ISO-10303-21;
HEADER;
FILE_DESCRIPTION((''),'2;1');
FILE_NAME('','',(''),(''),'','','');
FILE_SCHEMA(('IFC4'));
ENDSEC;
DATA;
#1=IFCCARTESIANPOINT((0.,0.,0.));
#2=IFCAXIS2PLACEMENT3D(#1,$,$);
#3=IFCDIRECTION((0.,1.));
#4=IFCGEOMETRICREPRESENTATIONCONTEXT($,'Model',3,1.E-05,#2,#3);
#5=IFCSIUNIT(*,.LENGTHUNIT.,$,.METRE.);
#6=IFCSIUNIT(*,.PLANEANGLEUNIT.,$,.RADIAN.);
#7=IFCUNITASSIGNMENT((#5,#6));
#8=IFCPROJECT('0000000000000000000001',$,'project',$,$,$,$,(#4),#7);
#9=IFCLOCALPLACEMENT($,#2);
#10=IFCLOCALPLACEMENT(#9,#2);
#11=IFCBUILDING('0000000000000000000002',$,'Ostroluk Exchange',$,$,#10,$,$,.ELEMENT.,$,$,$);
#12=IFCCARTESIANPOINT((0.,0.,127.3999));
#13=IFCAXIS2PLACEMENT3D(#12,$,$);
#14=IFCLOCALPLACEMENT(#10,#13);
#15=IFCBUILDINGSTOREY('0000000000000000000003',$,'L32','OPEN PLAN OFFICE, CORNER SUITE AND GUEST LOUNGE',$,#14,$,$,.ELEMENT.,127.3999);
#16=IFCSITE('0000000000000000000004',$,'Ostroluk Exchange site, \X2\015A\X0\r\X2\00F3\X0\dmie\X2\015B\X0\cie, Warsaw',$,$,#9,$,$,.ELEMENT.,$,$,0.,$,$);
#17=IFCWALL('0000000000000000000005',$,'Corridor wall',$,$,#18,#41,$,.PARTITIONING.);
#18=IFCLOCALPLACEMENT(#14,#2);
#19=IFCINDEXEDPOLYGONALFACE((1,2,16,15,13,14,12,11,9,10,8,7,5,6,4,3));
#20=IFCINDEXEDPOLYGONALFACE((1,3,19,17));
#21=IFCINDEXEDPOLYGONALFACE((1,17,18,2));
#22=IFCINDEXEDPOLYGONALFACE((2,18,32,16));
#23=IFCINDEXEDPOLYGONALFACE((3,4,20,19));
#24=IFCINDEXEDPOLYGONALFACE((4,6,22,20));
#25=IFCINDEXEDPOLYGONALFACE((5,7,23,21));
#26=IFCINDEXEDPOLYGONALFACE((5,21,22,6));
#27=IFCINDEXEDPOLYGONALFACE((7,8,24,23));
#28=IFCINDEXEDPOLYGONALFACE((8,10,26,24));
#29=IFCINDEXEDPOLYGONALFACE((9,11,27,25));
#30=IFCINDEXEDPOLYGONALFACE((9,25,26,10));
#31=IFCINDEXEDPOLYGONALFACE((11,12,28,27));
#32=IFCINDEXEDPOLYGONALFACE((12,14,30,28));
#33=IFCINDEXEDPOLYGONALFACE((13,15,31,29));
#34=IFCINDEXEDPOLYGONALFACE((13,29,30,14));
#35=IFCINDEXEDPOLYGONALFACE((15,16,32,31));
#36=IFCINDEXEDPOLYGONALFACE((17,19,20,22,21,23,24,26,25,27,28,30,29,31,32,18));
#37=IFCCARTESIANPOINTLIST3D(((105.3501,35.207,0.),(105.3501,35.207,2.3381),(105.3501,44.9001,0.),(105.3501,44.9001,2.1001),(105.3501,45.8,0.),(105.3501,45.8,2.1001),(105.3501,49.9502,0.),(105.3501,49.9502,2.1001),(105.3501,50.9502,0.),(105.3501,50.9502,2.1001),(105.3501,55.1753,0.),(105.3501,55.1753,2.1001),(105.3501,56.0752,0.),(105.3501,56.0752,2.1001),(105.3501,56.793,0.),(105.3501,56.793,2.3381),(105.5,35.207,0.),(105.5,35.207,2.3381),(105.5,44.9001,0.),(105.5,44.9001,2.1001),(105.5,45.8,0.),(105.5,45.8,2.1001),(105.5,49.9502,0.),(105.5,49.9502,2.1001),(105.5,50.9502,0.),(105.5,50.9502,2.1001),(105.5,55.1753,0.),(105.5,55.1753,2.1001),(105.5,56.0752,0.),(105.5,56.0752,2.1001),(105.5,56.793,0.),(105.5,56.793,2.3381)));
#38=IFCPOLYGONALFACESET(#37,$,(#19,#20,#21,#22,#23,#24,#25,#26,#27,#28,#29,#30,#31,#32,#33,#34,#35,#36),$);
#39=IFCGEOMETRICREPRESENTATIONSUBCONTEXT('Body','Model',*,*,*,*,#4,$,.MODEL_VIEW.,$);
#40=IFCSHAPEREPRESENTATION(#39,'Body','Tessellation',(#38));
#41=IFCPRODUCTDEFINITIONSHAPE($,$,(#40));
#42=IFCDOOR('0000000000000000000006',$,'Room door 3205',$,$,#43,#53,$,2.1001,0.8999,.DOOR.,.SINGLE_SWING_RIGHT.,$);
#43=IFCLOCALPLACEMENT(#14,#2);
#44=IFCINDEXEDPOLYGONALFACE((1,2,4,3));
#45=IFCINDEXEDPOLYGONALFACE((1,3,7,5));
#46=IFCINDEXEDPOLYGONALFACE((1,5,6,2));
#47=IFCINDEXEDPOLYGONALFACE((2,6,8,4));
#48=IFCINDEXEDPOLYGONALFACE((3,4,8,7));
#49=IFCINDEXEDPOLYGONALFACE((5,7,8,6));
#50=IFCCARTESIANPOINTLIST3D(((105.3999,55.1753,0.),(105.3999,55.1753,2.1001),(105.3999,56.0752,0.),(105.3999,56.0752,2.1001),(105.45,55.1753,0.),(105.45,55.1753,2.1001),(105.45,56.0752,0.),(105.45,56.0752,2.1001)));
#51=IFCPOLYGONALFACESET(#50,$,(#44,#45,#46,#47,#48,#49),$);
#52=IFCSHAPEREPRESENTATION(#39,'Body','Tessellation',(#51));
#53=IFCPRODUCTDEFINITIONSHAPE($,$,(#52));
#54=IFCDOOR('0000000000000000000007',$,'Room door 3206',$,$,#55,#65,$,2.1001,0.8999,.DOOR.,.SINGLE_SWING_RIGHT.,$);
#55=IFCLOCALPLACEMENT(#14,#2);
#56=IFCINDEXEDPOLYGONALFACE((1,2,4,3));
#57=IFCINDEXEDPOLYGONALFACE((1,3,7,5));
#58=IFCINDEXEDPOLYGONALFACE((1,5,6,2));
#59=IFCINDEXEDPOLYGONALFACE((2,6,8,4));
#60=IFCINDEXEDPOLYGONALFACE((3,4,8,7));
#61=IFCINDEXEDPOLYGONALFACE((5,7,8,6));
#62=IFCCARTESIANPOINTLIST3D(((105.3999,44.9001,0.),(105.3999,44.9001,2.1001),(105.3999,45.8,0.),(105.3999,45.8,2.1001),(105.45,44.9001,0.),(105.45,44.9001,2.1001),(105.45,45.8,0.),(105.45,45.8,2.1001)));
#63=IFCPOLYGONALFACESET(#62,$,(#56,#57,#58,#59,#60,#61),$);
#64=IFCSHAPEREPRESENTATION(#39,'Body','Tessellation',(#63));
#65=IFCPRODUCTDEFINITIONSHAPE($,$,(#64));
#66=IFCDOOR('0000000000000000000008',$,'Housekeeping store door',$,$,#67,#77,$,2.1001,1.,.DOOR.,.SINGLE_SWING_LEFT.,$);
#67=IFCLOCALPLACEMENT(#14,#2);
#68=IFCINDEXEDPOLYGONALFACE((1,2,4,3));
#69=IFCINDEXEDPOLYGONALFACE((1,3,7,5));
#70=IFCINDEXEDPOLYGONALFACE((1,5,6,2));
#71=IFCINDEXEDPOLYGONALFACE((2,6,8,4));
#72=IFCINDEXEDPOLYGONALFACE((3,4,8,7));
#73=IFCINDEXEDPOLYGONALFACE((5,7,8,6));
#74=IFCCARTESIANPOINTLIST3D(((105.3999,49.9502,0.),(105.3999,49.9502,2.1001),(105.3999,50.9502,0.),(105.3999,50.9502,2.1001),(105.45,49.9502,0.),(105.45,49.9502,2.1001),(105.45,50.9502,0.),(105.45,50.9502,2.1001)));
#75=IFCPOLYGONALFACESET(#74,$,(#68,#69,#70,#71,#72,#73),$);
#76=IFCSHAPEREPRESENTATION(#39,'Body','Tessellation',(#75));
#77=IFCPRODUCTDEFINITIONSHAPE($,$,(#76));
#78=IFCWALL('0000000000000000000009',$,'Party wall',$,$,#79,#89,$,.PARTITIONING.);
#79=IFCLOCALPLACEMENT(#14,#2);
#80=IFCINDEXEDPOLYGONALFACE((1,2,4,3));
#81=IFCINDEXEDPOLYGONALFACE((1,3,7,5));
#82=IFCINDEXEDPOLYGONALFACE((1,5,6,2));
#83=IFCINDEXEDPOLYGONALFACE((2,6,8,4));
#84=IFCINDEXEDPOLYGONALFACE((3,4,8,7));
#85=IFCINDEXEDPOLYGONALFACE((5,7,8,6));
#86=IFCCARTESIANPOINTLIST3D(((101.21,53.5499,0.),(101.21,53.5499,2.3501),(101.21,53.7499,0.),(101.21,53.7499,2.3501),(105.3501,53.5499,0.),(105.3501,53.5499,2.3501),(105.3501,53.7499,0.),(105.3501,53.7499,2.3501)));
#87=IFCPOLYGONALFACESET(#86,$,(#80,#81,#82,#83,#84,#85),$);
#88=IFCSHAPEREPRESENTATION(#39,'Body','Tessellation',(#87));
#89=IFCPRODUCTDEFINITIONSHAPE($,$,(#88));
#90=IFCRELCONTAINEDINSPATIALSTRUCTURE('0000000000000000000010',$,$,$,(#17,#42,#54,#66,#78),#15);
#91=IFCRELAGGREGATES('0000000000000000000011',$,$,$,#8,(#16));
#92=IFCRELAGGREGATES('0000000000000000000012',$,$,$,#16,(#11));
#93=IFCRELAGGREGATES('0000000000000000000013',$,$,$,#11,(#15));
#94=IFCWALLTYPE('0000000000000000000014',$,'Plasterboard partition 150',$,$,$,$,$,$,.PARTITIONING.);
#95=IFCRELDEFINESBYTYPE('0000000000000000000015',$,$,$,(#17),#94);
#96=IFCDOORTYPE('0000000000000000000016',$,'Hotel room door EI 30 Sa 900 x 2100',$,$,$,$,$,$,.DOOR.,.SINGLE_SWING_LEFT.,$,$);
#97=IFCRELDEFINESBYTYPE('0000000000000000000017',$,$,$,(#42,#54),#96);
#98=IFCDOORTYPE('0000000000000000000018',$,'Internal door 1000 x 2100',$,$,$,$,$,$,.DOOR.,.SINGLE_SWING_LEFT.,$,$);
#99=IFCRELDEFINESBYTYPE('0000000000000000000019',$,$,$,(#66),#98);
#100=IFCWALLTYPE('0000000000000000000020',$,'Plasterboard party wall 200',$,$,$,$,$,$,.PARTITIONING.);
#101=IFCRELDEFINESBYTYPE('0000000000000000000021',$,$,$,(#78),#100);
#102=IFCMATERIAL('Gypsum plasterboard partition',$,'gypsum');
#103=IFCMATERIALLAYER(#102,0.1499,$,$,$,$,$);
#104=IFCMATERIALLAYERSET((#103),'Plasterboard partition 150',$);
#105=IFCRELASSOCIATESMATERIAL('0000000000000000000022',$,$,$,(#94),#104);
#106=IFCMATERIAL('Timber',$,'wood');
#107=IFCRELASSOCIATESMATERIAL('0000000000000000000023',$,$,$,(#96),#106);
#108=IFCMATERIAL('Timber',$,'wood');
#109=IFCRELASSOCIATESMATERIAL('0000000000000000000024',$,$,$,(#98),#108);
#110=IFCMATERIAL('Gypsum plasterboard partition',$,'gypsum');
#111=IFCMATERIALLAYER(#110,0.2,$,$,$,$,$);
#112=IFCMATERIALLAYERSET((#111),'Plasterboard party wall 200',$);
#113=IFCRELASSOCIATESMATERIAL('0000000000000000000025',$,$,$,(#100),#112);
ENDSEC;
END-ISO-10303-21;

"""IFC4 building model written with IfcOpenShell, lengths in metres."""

from ifc_helpers import new_model, si_unit, direction, frame, frame_2d, origin, place, context, subcontext, project, spatial, rectangle, extrude, material, layer, layer_set, type_object, element, fill, save


model = new_model("IFC4")

# Units and contexts
model_context = context("Model", 3, precision=1e-05, world=origin(), true_north=direction((0.0, 1.0)))
body_context = subcontext(model_context, "Body", "Model", "MODEL_VIEW")
ifc_project = project(units=[si_unit("LENGTHUNIT", "METRE"), si_unit("PLANEANGLEUNIT", "RADIAN")], contexts=[model_context])

# Site, building, storey
site_placement = place(None, origin())
site = spatial("IfcSite", under=ifc_project, at=site_placement, Name="Ostroluk Exchange site, Śródmieście, Warsaw", CompositionType="ELEMENT", RefElevation=0.0)
building_placement = place(site_placement, origin())
building = spatial("IfcBuilding", under=site, at=building_placement, Name="Ostroluk Exchange", CompositionType="ELEMENT")
storey_placement = place(building_placement, frame((0.0, 0.0, 127.3999)))
storey = spatial("IfcBuildingStorey", under=building, at=storey_placement, Name="L32", Description="OPEN PLAN OFFICE, CORNER SUITE AND GUEST LOUNGE", CompositionType="ELEMENT", Elevation=127.3999)

# Wall, openings, doors
ifc_material_1 = material(Name="Gypsum plasterboard partition", Category="gypsum")
ifc_layer_1 = layer(ifc_material_1, 0.1499)
ifc_layer_set_1 = layer_set([ifc_layer_1], Name="Plasterboard partition 150")
wall_type_1 = type_object("IfcWallType", Name="Plasterboard partition 150", PredefinedType="PARTITIONING", material=ifc_layer_set_1)
wall_1_placement = place(storey_placement, frame((105.425, 56.793, 0.0), z_axis=(0.0, 0.0, 1.0), x_axis=(0.0, -1.0, 0.0)))
wall_1 = element("IfcWall", 1, at=wall_1_placement, inside=storey, type_object=wall_type_1, Name="Corridor wall", PredefinedType="PARTITIONING", context=body_context, shape_type="SweptSolid", body=[
    extrude(rectangle(XDim=21.5859, YDim=0.1499, at=frame_2d((10.793, 0.0))), origin(), (0.0, 0.0, 1.0), 2.3381),
])
opening_1_placement = place(wall_1_placement, frame((0.7178, 0.0, 0.0)))
opening_1 = element("IfcOpeningElement", 2, at=opening_1_placement, cuts=wall_1, PredefinedType="OPENING", context=body_context, shape_type="SweptSolid", body=[
    extrude(rectangle(XDim=0.8999, YDim=2.1001, at=frame_2d((0.45, 1.05))), frame((0.0, 0.085, 0.0), z_axis=(0.0, -1.0, 0.0), x_axis=(1.0, 0.0, 0.0)), (0.0, 0.0, 1.0), 0.1699),
])
opening_2_placement = place(wall_1_placement, frame((5.8428, 0.0, 0.0)))
opening_2 = element("IfcOpeningElement", 3, at=opening_2_placement, cuts=wall_1, PredefinedType="OPENING", context=body_context, shape_type="SweptSolid", body=[
    extrude(rectangle(XDim=1.0, YDim=2.1001, at=frame_2d((0.5, 1.05))), frame((0.0, 0.085, 0.0), z_axis=(0.0, -1.0, 0.0), x_axis=(1.0, 0.0, 0.0)), (0.0, 0.0, 1.0), 0.1699),
])
opening_3_placement = place(wall_1_placement, frame((10.9929, 0.0, 0.0)))
opening_3 = element("IfcOpeningElement", 4, at=opening_3_placement, cuts=wall_1, PredefinedType="OPENING", context=body_context, shape_type="SweptSolid", body=[
    extrude(rectangle(XDim=0.8999, YDim=2.1001, at=frame_2d((0.45, 1.05))), frame((0.0, 0.085, 0.0), z_axis=(0.0, -1.0, 0.0), x_axis=(1.0, 0.0, 0.0)), (0.0, 0.0, 1.0), 0.1699),
])
ifc_material_2 = material(Name="Timber", Category="wood")
door_type_1 = type_object("IfcDoorType", Name="Hotel room door EI 30 Sa 900 x 2100", OperationType="SINGLE_SWING_LEFT", PredefinedType="DOOR", material=ifc_material_2)
door_1_placement = place(opening_1_placement, origin())
door_1 = element("IfcDoor", 5, at=door_1_placement, inside=storey, type_object=door_type_1, Name="Room door 3205", OperationType="SINGLE_SWING_RIGHT", OverallHeight=2.1001, OverallWidth=0.8999, PredefinedType="DOOR", context=body_context, shape_type="SweptSolid", body=[
    extrude(rectangle(XDim=0.8999, YDim=2.1001, at=frame_2d((0.45, 1.05))), frame((0.0, 0.0249, 0.0), z_axis=(0.0, -1.0, 0.0), x_axis=(1.0, 0.0, 0.0)), (0.0, 0.0, 1.0), 0.05),
])
fill(opening_1, door_1)
door_2_placement = place(opening_3_placement, origin())
door_2 = element("IfcDoor", 6, at=door_2_placement, inside=storey, type_object=door_type_1, Name="Room door 3206", OperationType="SINGLE_SWING_RIGHT", OverallHeight=2.1001, OverallWidth=0.8999, PredefinedType="DOOR", context=body_context, shape_type="SweptSolid", body=[
    extrude(rectangle(XDim=0.8999, YDim=2.1001, at=frame_2d((0.45, 1.05))), frame((0.0, 0.0249, 0.0), z_axis=(0.0, -1.0, 0.0), x_axis=(1.0, 0.0, 0.0)), (0.0, 0.0, 1.0), 0.05),
])
fill(opening_3, door_2)
ifc_material_3 = material(Name="Timber", Category="wood")
door_type_2 = type_object("IfcDoorType", Name="Internal door 1000 x 2100", OperationType="SINGLE_SWING_LEFT", PredefinedType="DOOR", material=ifc_material_3)
door_3_placement = place(opening_2_placement, origin())
door_3 = element("IfcDoor", 7, at=door_3_placement, inside=storey, type_object=door_type_2, Name="Housekeeping store door", OperationType="SINGLE_SWING_LEFT", OverallHeight=2.1001, OverallWidth=1.0, PredefinedType="DOOR", context=body_context, shape_type="SweptSolid", body=[
    extrude(rectangle(XDim=1.0, YDim=2.1001, at=frame_2d((0.5, 1.05))), frame((0.0, 0.0249, 0.0), z_axis=(0.0, -1.0, 0.0), x_axis=(1.0, 0.0, 0.0)), (0.0, 0.0, 1.0), 0.05),
])
fill(opening_2, door_3)

# Wall
ifc_material_4 = material(Name="Gypsum plasterboard partition", Category="gypsum")
ifc_layer_2 = layer(ifc_material_4, 0.2)
ifc_layer_set_2 = layer_set([ifc_layer_2], Name="Plasterboard party wall 200")
wall_type_2 = type_object("IfcWallType", Name="Plasterboard party wall 200", PredefinedType="PARTITIONING", material=ifc_layer_set_2)
wall_2_placement = place(storey_placement, frame((105.3501, 53.6499, 0.0), z_axis=(0.0, 0.0, 1.0), x_axis=(-1.0, 0.0, 0.0)))
element("IfcWall", 8, at=wall_2_placement, inside=storey, type_object=wall_type_2, Name="Party wall", PredefinedType="PARTITIONING", context=body_context, shape_type="SweptSolid", body=[
    extrude(rectangle(XDim=4.1401, YDim=0.2, at=frame_2d((2.0701, 0.0))), origin(), (0.0, 0.0, 1.0), 2.3501),
])

save(model, "model.ifc")
